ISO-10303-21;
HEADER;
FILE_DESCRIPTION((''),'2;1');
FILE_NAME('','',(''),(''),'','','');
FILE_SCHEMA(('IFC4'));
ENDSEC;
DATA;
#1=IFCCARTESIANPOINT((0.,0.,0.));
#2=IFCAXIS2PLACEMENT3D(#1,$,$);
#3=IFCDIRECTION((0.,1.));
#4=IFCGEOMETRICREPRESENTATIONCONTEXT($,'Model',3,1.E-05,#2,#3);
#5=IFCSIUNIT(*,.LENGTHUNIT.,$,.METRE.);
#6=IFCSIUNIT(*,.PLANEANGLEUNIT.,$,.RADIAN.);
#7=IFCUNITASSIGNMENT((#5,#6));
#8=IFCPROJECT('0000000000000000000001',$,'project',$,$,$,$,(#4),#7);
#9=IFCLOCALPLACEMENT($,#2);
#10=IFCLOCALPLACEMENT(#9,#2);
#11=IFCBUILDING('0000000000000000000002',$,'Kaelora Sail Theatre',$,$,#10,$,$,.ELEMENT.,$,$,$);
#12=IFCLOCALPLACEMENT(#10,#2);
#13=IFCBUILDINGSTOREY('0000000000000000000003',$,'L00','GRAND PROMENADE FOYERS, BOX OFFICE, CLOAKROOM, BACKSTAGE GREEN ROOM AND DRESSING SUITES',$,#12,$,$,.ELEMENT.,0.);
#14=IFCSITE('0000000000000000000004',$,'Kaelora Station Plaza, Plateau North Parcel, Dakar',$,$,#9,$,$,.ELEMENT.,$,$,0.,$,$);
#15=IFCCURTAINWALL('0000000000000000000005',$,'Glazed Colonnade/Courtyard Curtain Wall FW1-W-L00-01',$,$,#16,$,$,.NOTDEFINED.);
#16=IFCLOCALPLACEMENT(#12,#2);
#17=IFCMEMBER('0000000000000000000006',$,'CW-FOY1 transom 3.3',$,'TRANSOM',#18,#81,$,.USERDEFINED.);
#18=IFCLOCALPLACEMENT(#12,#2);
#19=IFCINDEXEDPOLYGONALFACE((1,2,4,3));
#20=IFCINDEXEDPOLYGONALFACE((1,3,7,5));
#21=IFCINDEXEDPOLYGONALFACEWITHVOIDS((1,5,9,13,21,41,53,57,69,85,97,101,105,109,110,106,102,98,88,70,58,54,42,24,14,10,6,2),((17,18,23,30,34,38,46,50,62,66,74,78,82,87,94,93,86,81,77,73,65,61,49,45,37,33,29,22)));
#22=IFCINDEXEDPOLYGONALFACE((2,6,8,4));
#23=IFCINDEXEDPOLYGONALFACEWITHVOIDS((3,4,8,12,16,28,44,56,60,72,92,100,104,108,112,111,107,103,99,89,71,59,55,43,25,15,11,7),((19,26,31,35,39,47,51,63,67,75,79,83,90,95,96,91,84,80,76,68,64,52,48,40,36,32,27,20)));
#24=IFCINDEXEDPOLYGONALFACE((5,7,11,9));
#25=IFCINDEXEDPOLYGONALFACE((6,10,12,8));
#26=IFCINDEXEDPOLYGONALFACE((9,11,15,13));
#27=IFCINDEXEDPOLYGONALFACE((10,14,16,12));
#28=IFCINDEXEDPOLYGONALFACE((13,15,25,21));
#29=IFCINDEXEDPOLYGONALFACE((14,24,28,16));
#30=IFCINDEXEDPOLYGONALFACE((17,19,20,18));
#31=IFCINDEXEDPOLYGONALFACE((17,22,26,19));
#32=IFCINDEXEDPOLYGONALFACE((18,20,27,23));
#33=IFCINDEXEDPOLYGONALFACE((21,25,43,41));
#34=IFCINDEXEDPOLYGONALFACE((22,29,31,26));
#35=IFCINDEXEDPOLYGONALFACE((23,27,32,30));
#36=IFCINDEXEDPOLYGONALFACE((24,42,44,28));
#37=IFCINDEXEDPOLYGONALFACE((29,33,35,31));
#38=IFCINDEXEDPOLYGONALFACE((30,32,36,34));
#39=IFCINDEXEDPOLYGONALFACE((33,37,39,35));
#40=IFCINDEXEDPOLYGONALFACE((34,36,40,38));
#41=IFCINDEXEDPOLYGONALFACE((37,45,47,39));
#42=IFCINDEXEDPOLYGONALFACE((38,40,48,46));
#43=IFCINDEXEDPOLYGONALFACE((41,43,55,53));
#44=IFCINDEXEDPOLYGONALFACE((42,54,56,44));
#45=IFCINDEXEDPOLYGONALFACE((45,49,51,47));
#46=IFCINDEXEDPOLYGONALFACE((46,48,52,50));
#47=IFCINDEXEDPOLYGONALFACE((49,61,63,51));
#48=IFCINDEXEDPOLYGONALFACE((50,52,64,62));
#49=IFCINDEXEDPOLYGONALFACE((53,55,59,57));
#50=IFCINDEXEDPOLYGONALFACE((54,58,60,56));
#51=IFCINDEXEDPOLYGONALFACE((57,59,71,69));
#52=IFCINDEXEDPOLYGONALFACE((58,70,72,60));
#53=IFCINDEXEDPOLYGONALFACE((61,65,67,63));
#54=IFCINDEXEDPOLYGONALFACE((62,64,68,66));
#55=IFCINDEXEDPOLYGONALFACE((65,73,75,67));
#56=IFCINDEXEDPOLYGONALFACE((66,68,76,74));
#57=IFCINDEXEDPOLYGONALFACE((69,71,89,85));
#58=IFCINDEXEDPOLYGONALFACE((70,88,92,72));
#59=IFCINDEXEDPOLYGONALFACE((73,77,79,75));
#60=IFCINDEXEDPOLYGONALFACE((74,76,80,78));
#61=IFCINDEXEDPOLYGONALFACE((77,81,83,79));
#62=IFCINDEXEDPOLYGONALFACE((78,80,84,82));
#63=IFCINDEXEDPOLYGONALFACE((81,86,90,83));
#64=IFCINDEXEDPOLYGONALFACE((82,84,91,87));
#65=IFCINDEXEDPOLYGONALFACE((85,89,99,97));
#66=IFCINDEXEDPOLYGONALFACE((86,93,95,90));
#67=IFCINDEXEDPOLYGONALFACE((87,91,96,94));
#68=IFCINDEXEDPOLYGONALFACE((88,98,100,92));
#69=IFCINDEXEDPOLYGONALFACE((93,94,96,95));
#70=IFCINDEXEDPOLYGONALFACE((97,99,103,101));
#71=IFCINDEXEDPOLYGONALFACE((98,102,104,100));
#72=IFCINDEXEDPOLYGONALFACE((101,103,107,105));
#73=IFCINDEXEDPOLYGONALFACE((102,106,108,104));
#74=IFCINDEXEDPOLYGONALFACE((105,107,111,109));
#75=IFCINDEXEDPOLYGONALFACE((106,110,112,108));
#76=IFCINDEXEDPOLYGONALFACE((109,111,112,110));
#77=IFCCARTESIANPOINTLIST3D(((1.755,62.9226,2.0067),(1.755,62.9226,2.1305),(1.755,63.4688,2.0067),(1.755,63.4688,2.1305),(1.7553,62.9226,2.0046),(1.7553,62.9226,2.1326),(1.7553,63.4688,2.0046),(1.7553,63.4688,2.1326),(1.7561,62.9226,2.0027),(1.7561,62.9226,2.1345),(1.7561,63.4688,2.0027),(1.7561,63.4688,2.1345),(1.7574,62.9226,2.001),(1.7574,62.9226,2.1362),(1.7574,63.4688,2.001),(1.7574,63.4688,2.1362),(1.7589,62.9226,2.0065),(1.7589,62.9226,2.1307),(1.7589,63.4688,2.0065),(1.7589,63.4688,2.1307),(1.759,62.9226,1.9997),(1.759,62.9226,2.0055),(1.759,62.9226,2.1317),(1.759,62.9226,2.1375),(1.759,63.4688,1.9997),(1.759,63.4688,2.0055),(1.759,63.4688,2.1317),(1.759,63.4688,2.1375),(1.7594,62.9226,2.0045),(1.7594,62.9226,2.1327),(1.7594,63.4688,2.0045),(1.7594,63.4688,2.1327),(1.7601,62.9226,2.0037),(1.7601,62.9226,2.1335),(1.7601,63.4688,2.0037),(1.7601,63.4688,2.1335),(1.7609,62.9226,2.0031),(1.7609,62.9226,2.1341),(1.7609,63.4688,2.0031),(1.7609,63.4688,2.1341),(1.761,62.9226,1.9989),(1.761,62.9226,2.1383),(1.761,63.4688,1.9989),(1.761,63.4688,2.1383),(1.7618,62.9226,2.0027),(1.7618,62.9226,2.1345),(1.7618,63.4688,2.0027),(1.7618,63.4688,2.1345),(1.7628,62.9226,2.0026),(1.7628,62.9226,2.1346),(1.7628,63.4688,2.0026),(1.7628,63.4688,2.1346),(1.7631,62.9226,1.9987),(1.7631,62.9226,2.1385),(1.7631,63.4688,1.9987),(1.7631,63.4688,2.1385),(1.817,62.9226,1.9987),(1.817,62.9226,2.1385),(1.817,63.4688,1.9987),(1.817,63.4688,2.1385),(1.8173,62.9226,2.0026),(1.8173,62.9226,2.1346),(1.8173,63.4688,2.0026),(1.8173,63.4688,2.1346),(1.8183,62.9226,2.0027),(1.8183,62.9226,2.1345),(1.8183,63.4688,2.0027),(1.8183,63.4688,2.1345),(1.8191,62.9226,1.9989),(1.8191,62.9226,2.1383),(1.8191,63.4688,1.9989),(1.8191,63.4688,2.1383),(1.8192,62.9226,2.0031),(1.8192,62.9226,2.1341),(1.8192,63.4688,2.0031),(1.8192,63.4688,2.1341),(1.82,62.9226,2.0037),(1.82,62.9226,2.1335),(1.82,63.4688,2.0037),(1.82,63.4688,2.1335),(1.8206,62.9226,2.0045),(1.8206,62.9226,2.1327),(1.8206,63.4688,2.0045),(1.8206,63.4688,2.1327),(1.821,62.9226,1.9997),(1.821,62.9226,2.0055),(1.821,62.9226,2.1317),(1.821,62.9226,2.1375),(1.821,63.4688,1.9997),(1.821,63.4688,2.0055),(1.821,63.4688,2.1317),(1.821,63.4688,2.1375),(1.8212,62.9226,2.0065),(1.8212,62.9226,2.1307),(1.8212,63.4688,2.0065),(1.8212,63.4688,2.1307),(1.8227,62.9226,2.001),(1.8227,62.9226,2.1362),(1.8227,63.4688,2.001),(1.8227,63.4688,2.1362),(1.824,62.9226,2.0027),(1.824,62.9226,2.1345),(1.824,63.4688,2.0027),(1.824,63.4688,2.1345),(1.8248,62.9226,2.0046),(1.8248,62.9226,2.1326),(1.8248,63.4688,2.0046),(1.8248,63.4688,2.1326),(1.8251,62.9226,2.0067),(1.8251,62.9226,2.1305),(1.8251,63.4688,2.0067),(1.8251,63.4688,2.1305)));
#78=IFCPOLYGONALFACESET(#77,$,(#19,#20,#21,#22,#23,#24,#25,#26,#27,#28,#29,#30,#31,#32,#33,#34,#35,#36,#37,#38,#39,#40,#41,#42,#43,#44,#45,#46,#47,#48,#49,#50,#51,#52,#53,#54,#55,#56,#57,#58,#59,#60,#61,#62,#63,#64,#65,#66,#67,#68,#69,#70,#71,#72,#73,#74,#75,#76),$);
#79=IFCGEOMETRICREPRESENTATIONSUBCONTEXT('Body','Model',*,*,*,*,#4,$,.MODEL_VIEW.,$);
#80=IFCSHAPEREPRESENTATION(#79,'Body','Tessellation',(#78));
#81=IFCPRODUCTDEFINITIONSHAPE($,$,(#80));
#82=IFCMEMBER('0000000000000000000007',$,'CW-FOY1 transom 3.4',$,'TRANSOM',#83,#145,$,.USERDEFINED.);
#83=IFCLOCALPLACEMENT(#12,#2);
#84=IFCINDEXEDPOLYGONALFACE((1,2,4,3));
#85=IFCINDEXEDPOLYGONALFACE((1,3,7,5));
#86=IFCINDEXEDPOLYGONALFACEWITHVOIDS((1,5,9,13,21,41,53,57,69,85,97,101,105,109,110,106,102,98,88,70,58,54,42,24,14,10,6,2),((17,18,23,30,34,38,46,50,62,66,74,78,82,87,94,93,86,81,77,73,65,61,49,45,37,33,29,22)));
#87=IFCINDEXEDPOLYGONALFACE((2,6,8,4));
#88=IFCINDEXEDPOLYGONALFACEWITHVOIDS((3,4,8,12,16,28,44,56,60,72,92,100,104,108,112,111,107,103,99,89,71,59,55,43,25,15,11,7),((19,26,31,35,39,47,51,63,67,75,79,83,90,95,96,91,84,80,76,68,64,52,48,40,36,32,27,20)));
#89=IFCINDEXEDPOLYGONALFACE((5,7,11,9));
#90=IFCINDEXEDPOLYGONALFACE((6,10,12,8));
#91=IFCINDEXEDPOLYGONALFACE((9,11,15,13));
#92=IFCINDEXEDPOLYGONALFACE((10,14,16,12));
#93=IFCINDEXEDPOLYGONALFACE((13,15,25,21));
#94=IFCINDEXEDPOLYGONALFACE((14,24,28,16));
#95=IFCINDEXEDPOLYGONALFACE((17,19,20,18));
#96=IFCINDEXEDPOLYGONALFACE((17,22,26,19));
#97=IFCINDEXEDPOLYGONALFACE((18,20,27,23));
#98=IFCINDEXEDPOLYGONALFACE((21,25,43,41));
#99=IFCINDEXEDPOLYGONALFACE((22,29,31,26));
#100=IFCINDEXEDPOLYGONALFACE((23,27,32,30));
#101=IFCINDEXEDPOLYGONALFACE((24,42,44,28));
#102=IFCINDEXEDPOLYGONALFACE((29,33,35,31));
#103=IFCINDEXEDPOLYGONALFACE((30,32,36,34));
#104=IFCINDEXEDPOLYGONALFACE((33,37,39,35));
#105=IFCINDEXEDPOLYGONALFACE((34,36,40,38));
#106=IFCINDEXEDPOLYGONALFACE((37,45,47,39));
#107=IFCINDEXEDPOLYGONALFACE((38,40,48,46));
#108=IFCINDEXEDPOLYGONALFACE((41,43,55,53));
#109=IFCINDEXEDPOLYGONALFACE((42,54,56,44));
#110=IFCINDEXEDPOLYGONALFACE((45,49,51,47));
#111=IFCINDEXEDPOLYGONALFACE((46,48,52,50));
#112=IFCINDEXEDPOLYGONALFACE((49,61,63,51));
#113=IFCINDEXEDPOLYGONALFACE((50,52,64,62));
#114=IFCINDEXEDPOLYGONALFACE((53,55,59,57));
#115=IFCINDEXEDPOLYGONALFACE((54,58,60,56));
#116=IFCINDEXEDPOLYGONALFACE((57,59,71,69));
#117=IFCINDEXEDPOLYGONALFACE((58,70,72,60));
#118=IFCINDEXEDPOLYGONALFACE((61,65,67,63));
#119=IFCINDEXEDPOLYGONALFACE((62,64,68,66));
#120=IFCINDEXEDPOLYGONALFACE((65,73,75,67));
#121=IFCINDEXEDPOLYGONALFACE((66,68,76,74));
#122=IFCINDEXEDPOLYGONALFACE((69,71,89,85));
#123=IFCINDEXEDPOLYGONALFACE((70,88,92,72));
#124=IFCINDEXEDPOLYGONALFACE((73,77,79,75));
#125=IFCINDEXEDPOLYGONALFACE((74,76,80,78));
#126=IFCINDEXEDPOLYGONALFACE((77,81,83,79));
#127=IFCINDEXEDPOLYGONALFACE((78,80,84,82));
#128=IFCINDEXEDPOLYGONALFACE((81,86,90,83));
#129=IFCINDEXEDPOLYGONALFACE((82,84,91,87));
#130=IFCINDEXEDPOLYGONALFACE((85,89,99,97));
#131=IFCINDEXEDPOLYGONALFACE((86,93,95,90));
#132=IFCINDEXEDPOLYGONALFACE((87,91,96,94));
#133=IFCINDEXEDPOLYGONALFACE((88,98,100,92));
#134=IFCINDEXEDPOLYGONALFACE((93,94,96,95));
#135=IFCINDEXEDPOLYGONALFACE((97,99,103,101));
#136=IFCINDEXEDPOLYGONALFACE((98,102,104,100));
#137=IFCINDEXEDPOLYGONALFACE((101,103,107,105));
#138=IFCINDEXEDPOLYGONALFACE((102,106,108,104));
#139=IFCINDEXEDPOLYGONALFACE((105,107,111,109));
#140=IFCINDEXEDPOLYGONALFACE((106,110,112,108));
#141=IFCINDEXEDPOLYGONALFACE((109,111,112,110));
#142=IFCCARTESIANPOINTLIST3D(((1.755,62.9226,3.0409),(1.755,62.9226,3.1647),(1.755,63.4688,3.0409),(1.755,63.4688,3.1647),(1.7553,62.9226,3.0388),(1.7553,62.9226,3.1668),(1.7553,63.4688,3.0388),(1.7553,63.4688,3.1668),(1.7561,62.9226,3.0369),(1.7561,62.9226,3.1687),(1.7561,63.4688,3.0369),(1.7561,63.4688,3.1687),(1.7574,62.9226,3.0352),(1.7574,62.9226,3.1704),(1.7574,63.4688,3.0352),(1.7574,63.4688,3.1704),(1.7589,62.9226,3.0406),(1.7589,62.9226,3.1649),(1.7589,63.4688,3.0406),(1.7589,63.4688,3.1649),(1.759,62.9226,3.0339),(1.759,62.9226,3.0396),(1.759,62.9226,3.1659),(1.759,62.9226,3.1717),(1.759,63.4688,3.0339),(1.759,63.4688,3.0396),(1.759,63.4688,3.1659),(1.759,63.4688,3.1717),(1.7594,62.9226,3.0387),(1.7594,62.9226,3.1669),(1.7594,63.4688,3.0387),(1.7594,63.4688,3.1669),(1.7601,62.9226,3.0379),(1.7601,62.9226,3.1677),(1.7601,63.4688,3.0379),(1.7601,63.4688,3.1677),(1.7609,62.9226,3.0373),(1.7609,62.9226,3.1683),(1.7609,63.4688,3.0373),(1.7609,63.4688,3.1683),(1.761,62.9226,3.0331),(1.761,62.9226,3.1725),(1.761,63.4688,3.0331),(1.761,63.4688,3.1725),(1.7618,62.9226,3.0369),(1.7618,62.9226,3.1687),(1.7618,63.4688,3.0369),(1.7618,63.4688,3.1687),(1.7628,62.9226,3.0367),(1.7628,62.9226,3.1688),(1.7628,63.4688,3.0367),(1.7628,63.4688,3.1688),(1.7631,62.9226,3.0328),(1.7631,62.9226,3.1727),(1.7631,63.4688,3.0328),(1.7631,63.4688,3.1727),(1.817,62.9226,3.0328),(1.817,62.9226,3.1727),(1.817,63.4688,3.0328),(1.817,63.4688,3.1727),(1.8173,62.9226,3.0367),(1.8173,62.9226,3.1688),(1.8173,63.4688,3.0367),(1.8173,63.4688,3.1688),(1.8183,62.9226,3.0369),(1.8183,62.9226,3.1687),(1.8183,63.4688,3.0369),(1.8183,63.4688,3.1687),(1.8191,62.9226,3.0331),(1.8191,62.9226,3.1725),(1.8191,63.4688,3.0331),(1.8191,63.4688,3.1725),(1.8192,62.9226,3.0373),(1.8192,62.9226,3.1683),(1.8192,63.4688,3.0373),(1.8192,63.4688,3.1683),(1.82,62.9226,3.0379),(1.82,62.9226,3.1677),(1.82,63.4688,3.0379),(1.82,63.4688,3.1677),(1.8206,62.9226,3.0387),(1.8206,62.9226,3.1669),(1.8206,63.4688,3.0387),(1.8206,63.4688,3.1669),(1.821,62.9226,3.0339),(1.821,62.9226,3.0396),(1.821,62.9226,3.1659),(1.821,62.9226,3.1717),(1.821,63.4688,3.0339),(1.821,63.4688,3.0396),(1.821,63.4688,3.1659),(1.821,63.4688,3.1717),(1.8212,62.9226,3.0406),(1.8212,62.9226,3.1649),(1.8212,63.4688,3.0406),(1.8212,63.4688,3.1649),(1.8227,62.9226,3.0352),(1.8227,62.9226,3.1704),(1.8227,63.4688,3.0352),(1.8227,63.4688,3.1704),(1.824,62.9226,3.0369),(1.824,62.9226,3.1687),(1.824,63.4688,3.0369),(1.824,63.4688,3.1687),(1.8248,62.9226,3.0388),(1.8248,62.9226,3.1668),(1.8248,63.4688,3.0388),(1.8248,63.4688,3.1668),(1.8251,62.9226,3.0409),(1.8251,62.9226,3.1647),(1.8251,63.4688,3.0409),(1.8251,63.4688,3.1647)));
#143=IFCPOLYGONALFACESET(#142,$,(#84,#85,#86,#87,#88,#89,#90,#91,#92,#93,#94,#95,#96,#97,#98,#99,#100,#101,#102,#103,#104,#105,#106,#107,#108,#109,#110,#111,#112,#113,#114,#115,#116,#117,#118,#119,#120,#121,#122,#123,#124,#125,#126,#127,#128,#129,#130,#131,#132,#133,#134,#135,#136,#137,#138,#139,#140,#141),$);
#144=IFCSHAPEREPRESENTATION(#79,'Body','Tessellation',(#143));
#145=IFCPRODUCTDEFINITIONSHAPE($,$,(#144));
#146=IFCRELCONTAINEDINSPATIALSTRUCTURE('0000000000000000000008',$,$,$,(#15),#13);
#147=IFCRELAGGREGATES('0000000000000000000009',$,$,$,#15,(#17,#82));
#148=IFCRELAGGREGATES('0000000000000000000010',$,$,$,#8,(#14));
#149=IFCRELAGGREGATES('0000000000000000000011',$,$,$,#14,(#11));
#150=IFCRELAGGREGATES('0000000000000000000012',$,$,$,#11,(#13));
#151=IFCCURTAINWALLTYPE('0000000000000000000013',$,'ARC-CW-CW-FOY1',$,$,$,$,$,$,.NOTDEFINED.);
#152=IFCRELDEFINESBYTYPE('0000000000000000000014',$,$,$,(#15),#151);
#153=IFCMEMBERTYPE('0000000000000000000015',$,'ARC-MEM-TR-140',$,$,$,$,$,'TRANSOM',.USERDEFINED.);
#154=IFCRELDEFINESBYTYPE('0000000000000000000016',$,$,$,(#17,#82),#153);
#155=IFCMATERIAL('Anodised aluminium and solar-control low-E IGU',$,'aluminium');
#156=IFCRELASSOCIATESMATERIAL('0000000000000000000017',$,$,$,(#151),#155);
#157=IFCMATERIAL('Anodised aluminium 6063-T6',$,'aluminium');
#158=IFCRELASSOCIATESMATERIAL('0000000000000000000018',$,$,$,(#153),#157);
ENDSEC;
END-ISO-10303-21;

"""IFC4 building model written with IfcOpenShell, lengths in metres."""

from ifc_helpers import new_model, si_unit, direction, frame, origin, origin_2d, place, context, subcontext, project, spatial, hollow_rectangle, extrude, material, material_profile, profile_set, type_object, element, aggregate, save


model = new_model("IFC4")

# Units and contexts
model_context = context("Model", 3, precision=1e-05, world=origin(), true_north=direction((0.0, 1.0)))
body_context = subcontext(model_context, "Body", "Model", "MODEL_VIEW")
ifc_project = project(units=[si_unit("LENGTHUNIT", "METRE"), si_unit("PLANEANGLEUNIT", "RADIAN")], contexts=[model_context])

# Site, building, storey
site_placement = place(None, origin())
site = spatial("IfcSite", under=ifc_project, at=site_placement, Name="Kaelora Station Plaza, Plateau North Parcel, Dakar", CompositionType="ELEMENT", RefElevation=0.0)
building_placement = place(site_placement, origin())
building = spatial("IfcBuilding", under=site, at=building_placement, Name="Kaelora Sail Theatre", CompositionType="ELEMENT")
storey_placement = place(building_placement, origin())
storey = spatial("IfcBuildingStorey", under=building, at=storey_placement, Name="L00", Description="GRAND PROMENADE FOYERS, BOX OFFICE, CLOAKROOM, BACKSTAGE GREEN ROOM AND DRESSING SUITES", CompositionType="ELEMENT", Elevation=0.0)

# Curtain wall, members
ifc_material_1 = material(Name="Anodised aluminium and solar-control low-E IGU", Category="aluminium")
curtain_wall_type = type_object("IfcCurtainWallType", Name="ARC-CW-CW-FOY1", PredefinedType="NOTDEFINED", material=ifc_material_1)
curtain_wall_1_placement = place(storey_placement, origin())
curtain_wall_1 = element("IfcCurtainWall", 1, at=curtain_wall_1_placement, inside=storey, type_object=curtain_wall_type, Name="Glazed Colonnade/Courtyard Curtain Wall FW1-W-L00-01", PredefinedType="NOTDEFINED")
ifc_material_2 = material(Name="Anodised aluminium 6063-T6", Category="aluminium")
ifc_material_profile = material_profile(ifc_material_2, hollow_rectangle(XDim=0.0701, YDim=0.1399, WallThickness=0.0039, InnerFilletRadius=0.0039, OuterFilletRadius=0.0081, at=origin_2d()), Name="ALU-TRAN 70x140x4")
ifc_profile_set = profile_set([ifc_material_profile], Name="Anodised aluminium 6063-T6")
member_type = type_object("IfcMemberType", Name="ARC-MEM-TR-140", ElementType="TRANSOM", PredefinedType="USERDEFINED", material=ifc_profile_set)
member_1_placement = place(storey_placement, frame((1.79, 62.9226, 2.0686), z_axis=(0.0, 1.0, 0.0), x_axis=(-1.0, 0.0, 0.0)))
member_1 = element("IfcMember", 2, at=member_1_placement, type_object=member_type, Name="CW-FOY1 transom 3.3", ObjectType="TRANSOM", PredefinedType="USERDEFINED", context=body_context, shape_type="SweptSolid", body=[
    extrude(hollow_rectangle(XDim=0.0701, YDim=0.1399, WallThickness=0.0039, InnerFilletRadius=0.0039, OuterFilletRadius=0.0081, at=origin_2d()), origin(), (0.0, 0.0, 1.0), 0.5461),
])
member_2_placement = place(storey_placement, frame((1.79, 62.9226, 3.1028), z_axis=(0.0, 1.0, 0.0), x_axis=(-1.0, 0.0, 0.0)))
member_2 = element("IfcMember", 3, at=member_2_placement, type_object=member_type, Name="CW-FOY1 transom 3.4", ObjectType="TRANSOM", PredefinedType="USERDEFINED", context=body_context, shape_type="SweptSolid", body=[
    extrude(hollow_rectangle(XDim=0.0701, YDim=0.1399, WallThickness=0.0039, InnerFilletRadius=0.0039, OuterFilletRadius=0.0081, at=origin_2d()), origin(), (0.0, 0.0, 1.0), 0.5461),
])

aggregate(curtain_wall_1, [member_1, member_2])

save(model, "model.ifc")
